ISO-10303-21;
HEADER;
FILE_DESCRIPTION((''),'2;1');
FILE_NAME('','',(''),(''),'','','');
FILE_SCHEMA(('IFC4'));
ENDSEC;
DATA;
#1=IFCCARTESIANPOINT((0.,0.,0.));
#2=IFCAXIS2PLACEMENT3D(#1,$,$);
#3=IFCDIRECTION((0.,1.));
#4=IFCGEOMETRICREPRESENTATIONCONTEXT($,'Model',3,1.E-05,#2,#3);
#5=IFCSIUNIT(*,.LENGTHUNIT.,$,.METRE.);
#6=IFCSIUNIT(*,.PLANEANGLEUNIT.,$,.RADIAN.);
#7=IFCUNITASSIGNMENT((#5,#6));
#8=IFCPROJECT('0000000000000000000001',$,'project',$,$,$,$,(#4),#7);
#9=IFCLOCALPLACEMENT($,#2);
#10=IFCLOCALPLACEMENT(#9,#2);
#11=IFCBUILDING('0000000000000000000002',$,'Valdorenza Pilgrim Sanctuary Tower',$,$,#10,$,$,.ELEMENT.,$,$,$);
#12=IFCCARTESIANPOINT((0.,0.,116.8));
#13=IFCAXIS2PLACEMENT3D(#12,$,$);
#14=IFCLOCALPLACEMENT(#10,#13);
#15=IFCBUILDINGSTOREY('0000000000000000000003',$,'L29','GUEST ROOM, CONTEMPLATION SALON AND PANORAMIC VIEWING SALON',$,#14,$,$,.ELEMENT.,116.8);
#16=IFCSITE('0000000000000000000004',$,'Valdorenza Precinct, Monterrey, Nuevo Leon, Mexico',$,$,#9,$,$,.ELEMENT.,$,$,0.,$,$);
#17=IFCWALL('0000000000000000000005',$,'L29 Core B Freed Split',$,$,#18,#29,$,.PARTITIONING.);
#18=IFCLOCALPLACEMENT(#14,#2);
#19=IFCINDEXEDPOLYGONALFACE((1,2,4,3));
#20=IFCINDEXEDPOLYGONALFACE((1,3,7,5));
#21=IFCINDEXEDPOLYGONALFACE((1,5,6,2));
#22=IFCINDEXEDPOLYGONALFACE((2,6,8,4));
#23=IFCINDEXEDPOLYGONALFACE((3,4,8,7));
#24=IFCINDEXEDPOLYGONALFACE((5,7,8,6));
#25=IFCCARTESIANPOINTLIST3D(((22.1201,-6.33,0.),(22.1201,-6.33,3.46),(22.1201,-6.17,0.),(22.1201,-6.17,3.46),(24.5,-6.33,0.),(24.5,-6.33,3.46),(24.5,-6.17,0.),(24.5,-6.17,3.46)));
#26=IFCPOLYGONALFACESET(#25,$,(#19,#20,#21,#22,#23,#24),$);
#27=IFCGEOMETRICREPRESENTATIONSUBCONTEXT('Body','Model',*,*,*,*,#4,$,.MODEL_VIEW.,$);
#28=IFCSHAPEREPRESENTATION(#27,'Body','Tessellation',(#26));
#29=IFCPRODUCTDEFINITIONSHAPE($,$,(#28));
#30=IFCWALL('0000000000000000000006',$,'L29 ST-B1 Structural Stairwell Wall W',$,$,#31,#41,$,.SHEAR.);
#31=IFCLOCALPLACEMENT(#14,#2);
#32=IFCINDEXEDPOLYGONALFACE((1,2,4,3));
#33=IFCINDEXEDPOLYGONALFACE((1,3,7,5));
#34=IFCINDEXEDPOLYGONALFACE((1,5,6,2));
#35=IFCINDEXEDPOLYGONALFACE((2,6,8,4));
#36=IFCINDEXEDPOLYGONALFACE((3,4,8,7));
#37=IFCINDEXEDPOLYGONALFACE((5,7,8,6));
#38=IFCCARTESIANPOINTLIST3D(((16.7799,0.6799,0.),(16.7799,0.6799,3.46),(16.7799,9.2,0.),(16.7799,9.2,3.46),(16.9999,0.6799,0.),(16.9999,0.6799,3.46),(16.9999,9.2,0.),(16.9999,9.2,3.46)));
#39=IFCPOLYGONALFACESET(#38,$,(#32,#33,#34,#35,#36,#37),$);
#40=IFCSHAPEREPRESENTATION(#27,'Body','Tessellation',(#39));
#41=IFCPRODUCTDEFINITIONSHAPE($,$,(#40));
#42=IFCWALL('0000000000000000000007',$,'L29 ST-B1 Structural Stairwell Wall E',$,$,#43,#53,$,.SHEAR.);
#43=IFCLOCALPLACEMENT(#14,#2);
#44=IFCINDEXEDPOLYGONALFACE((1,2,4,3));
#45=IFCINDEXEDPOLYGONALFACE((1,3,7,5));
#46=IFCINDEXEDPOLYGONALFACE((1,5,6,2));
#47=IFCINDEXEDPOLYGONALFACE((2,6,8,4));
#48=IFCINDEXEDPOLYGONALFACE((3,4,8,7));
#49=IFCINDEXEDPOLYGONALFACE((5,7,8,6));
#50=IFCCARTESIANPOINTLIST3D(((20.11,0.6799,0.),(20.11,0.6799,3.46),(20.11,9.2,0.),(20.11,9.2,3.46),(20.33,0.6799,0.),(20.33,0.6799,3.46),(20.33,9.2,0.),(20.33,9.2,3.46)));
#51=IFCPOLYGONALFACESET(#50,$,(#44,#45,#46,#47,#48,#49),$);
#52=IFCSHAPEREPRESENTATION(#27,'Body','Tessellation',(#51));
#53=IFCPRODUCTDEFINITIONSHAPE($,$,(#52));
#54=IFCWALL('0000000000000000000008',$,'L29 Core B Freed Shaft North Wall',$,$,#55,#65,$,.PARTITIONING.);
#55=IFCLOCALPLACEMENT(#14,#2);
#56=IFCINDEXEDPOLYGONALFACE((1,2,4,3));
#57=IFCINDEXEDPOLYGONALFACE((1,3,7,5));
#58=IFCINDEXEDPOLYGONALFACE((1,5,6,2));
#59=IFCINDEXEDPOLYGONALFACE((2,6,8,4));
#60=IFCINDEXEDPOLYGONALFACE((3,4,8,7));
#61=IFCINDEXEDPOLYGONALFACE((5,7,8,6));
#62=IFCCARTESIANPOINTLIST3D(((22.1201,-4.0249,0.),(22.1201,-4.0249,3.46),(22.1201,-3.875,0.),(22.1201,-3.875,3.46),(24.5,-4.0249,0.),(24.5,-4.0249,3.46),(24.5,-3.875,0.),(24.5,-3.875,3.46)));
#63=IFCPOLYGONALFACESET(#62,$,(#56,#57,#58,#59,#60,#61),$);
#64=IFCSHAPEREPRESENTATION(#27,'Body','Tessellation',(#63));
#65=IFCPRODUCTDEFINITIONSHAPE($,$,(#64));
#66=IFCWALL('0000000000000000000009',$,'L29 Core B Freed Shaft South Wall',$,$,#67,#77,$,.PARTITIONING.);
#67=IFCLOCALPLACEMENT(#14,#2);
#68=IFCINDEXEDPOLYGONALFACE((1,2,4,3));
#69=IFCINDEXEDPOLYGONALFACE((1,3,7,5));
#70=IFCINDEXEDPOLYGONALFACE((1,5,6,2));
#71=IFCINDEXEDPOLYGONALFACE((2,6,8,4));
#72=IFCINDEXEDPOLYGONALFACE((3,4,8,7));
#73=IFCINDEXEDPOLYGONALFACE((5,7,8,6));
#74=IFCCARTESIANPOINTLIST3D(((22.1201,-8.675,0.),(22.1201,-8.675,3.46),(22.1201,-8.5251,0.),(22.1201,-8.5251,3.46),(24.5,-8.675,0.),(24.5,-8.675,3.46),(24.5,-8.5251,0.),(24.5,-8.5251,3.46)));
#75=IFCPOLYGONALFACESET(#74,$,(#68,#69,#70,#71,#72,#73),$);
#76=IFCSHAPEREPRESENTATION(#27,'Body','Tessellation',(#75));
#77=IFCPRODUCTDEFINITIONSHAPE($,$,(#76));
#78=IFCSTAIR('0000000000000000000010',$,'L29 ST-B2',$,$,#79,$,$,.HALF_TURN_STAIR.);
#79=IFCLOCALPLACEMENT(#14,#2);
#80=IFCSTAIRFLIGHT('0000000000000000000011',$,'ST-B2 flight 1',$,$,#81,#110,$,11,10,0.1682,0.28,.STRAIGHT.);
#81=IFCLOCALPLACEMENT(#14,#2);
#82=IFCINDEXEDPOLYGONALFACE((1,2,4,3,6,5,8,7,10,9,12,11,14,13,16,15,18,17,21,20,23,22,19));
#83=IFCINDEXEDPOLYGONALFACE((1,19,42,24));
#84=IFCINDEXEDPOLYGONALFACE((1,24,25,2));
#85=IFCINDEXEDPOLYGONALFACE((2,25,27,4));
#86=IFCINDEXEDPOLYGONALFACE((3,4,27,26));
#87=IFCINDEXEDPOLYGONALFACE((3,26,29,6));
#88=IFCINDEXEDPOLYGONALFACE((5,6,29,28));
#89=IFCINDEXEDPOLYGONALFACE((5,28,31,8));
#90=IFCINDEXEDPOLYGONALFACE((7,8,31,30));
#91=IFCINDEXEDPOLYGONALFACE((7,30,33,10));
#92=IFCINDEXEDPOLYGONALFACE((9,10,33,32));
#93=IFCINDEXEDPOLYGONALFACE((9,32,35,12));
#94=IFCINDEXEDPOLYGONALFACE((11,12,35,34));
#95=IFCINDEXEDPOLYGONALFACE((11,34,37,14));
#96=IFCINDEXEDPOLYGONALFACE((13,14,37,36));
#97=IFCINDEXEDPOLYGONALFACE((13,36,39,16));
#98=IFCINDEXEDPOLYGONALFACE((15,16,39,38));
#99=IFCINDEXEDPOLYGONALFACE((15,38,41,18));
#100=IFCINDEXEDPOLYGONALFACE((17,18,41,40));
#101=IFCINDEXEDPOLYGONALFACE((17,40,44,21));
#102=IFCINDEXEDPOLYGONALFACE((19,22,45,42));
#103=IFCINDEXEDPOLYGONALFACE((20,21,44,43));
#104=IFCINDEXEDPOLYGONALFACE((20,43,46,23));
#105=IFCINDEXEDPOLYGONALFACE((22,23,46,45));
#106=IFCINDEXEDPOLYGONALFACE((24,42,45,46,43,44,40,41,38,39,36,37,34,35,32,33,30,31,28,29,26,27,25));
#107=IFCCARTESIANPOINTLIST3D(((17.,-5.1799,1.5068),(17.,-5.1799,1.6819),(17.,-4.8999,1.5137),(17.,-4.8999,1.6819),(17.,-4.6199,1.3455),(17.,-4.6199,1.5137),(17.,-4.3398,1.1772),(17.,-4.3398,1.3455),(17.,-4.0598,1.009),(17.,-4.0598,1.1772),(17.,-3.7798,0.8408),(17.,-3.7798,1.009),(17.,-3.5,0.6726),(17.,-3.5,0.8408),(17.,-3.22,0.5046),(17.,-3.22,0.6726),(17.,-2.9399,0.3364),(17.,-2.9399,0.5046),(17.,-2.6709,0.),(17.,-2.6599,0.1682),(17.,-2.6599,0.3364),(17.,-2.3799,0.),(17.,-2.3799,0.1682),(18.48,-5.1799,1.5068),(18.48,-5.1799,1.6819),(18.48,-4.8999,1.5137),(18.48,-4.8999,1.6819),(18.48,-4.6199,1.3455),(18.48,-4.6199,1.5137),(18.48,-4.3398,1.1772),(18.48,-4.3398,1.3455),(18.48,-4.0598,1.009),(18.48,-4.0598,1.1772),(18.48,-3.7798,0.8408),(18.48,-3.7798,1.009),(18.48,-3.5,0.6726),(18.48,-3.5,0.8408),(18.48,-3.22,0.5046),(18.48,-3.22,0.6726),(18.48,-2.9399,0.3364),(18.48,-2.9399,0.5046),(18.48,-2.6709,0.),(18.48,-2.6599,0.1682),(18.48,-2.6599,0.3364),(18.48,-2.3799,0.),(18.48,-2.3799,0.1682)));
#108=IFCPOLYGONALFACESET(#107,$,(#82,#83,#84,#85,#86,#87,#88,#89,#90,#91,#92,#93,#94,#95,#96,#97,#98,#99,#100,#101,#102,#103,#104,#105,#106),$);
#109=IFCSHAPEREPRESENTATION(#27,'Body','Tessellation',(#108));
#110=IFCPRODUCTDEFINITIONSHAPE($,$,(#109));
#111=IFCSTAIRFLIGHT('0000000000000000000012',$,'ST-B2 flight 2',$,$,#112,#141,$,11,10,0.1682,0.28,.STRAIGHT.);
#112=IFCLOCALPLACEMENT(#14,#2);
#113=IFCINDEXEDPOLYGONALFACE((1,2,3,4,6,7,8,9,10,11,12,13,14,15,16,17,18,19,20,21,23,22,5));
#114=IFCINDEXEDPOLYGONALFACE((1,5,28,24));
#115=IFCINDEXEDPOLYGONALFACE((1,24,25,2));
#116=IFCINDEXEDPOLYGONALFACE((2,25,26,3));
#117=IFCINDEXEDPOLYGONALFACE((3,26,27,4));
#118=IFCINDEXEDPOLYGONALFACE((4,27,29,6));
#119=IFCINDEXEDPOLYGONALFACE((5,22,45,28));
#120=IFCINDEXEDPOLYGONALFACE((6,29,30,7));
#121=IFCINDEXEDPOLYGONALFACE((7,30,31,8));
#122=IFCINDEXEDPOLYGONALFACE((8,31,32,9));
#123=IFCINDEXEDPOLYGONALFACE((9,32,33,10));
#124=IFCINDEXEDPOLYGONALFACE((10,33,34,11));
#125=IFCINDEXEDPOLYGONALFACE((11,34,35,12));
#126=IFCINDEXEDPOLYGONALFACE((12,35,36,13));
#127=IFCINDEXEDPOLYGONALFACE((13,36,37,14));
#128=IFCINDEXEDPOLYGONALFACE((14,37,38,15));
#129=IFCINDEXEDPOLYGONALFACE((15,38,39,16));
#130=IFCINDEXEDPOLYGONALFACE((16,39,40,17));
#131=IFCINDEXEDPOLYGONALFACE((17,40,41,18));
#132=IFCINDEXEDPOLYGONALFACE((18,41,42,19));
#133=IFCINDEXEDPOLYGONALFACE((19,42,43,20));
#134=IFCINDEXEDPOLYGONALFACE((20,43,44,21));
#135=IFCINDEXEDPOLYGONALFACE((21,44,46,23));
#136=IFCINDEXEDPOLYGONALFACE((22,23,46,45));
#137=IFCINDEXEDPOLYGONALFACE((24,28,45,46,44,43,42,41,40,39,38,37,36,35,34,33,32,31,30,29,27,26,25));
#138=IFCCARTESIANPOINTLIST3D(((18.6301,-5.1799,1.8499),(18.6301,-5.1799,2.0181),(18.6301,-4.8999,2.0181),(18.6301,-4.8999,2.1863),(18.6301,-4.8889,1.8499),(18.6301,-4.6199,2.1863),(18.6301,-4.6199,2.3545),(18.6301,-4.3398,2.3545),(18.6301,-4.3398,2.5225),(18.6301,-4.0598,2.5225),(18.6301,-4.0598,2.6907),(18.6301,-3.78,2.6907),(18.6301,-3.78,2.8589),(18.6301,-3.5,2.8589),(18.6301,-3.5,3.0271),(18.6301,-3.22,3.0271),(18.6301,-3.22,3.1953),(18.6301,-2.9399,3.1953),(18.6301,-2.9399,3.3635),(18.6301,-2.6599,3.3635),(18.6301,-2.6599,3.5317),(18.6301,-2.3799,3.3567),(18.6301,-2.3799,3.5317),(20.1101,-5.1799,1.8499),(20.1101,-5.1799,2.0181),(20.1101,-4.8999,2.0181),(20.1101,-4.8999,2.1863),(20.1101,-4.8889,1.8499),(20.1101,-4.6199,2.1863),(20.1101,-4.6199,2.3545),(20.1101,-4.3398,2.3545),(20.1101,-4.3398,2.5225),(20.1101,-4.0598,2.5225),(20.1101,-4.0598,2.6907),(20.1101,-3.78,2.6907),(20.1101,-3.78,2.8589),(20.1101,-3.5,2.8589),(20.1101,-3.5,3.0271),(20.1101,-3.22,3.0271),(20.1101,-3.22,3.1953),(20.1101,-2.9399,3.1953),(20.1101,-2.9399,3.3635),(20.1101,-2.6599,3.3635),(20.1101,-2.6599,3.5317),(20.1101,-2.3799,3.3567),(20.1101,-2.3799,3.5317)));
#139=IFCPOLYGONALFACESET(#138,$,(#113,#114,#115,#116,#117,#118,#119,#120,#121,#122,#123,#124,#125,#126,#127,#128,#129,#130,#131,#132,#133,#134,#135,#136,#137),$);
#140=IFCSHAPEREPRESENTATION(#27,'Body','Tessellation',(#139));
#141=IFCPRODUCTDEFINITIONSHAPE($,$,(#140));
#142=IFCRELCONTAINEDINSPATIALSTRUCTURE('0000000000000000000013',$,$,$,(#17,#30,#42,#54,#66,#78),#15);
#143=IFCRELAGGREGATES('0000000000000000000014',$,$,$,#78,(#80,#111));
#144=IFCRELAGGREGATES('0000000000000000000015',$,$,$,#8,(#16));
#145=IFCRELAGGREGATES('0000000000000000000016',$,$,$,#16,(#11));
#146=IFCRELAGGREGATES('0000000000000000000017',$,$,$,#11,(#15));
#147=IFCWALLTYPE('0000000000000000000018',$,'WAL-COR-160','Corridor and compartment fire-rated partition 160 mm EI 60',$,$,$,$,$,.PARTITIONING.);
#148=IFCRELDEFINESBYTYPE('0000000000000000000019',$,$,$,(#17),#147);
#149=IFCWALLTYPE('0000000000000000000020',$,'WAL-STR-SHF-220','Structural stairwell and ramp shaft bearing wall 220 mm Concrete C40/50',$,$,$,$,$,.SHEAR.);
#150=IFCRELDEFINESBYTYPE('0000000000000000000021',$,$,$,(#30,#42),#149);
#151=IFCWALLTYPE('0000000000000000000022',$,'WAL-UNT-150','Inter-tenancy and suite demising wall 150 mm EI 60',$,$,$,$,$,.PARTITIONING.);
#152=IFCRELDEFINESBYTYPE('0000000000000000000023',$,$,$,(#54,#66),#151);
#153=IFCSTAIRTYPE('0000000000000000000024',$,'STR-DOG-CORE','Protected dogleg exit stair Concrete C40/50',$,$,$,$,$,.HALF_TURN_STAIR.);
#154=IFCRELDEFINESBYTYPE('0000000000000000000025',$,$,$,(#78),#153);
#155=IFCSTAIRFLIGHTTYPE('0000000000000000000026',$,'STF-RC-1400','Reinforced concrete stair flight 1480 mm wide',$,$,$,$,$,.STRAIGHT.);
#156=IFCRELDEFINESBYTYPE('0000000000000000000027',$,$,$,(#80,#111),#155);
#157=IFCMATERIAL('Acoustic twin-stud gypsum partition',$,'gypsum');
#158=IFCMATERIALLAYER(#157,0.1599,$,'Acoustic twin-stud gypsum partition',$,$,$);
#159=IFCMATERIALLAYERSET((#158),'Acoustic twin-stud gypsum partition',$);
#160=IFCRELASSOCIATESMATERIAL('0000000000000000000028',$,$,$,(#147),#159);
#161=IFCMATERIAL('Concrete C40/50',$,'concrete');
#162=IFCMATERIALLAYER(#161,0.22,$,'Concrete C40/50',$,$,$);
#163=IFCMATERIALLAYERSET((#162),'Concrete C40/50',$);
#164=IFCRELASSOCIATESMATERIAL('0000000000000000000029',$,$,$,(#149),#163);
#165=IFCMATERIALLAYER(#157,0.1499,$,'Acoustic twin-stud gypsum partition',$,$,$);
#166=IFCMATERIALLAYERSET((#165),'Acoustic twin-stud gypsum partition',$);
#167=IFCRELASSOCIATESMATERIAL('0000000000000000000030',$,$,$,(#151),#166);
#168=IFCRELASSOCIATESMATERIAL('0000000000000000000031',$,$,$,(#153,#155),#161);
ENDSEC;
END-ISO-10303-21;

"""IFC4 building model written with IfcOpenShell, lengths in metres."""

from ifc_helpers import new_model, si_unit, direction, frame, frame_2d, origin, place, context, subcontext, project, spatial, polyline, rectangle, outline, extrude, material, layer, layer_set, type_object, element, aggregate, save


model = new_model("IFC4")

# Units and contexts
model_context = context("Model", 3, precision=1e-05, world=origin(), true_north=direction((0.0, 1.0)))
body_context = subcontext(model_context, "Body", "Model", "MODEL_VIEW")
ifc_project = project(units=[si_unit("LENGTHUNIT", "METRE"), si_unit("PLANEANGLEUNIT", "RADIAN")], contexts=[model_context])

# Site, building, storey
site_placement = place(None, origin())
site = spatial("IfcSite", under=ifc_project, at=site_placement, Name="Valdorenza Precinct, Monterrey, Nuevo Leon, Mexico", CompositionType="ELEMENT", RefElevation=0.0)
building_placement = place(site_placement, origin())
building = spatial("IfcBuilding", under=site, at=building_placement, Name="Valdorenza Pilgrim Sanctuary Tower", CompositionType="ELEMENT")
storey_placement = place(building_placement, frame((0.0, 0.0, 116.8)))
storey = spatial("IfcBuildingStorey", under=building, at=storey_placement, Name="L29", Description="GUEST ROOM, CONTEMPLATION SALON AND PANORAMIC VIEWING SALON", CompositionType="ELEMENT", Elevation=116.8)

# Wall
ifc_material_1 = material(Name="Acoustic twin-stud gypsum partition", Category="gypsum")
ifc_layer_1 = layer(ifc_material_1, 0.1599, Name="Acoustic twin-stud gypsum partition")
ifc_layer_set_1 = layer_set([ifc_layer_1], Name="Acoustic twin-stud gypsum partition")
wall_type_1 = type_object("IfcWallType", Name="WAL-COR-160", Description="Corridor and compartment fire-rated partition 160 mm EI 60", PredefinedType="PARTITIONING", material=ifc_layer_set_1)
wall_1_placement = place(storey_placement, frame((22.1201, -6.25, 0.0), z_axis=(0.0, 0.0, 1.0), x_axis=(1.0, 0.0, 0.0)))
element("IfcWall", 1, at=wall_1_placement, inside=storey, type_object=wall_type_1, Name="L29 Core B Freed Split", PredefinedType="PARTITIONING", context=body_context, shape_type="SweptSolid", body=[
    extrude(rectangle(XDim=2.3799, YDim=0.1599, at=frame_2d((1.1899, 0.0))), origin(), (0.0, 0.0, 1.0), 3.46),
])

# Walls
ifc_material_2 = material(Name="Concrete C40/50", Category="concrete")
ifc_layer_2 = layer(ifc_material_2, 0.22, Name="Concrete C40/50")
ifc_layer_set_2 = layer_set([ifc_layer_2], Name="Concrete C40/50")
wall_type_2 = type_object("IfcWallType", Name="WAL-STR-SHF-220", Description="Structural stairwell and ramp shaft bearing wall 220 mm Concrete C40/50", PredefinedType="SHEAR", material=ifc_layer_set_2)
for number, where, z_axis, x_axis, name in (
    (2, (16.8899, 0.6799, 0.0), (0.0, 0.0, 1.0), (0.0, 1.0, 0.0), "L29 ST-B1 Structural Stairwell Wall W"),
    (3, (20.22, 0.6799, 0.0), (0.0, 0.0, 1.0), (0.0, 1.0, 0.0), "L29 ST-B1 Structural Stairwell Wall E"),
):
    element("IfcWall", number, at=place(storey_placement, frame(where, z_axis=z_axis, x_axis=x_axis)), inside=storey, type_object=wall_type_2, Name=name, PredefinedType="SHEAR", context=body_context, shape_type="SweptSolid", body=[
        extrude(rectangle(XDim=8.52, YDim=0.22, at=frame_2d((4.26, 0.0))), origin(), (0.0, 0.0, 1.0), 3.46),
    ])

# Walls
ifc_layer_3 = layer(ifc_material_1, 0.1499, Name="Acoustic twin-stud gypsum partition")
ifc_layer_set_3 = layer_set([ifc_layer_3], Name="Acoustic twin-stud gypsum partition")
wall_type_3 = type_object("IfcWallType", Name="WAL-UNT-150", Description="Inter-tenancy and suite demising wall 150 mm EI 60", PredefinedType="PARTITIONING", material=ifc_layer_set_3)
for number, where, z_axis, x_axis, name in (
    (4, (22.1201, -3.95, 0.0), (0.0, 0.0, 1.0), (1.0, 0.0, 0.0), "L29 Core B Freed Shaft North Wall"),
    (5, (22.1201, -8.6001, 0.0), (0.0, 0.0, 1.0), (1.0, 0.0, 0.0), "L29 Core B Freed Shaft South Wall"),
):
    element("IfcWall", number, at=place(storey_placement, frame(where, z_axis=z_axis, x_axis=x_axis)), inside=storey, type_object=wall_type_3, Name=name, PredefinedType="PARTITIONING", context=body_context, shape_type="SweptSolid", body=[
        extrude(rectangle(XDim=2.3799, YDim=0.1499, at=frame_2d((1.1899, 0.0))), origin(), (0.0, 0.0, 1.0), 3.46),
    ])

# Stair, stair flights
stair_type = type_object("IfcStairType", Name="STR-DOG-CORE", Description="Protected dogleg exit stair Concrete C40/50", PredefinedType="HALF_TURN_STAIR", material=ifc_material_2)
stair_placement = place(storey_placement, origin())
stair = element("IfcStair", 6, at=stair_placement, inside=storey, type_object=stair_type, Name="L29 ST-B2", PredefinedType="HALF_TURN_STAIR")
stair_flight_type = type_object("IfcStairFlightType", Name="STF-RC-1400", Description="Reinforced concrete stair flight 1480 mm wide", PredefinedType="STRAIGHT", material=ifc_material_2)
stair_flight_1_placement = place(storey_placement, frame((17.74, -2.3799, 0.0), z_axis=(0.0, 0.0, 1.0), x_axis=(0.0, -1.0, 0.0)))
stair_flight_1 = element("IfcStairFlight", 7, at=stair_flight_1_placement, type_object=stair_flight_type, Name="ST-B2 flight 1", NumberOfRisers=11, NumberOfTreads=10, PredefinedType="STRAIGHT", RiserHeight=0.1682, TreadLength=0.28, context=body_context, shape_type="SweptSolid", body=[
    extrude(outline(polyline([(0.0, 0.0), (0.0, 0.1682), (0.28, 0.1682), (0.28, 0.3364), (0.5601, 0.3364), (0.5601, 0.5046), (0.8401, 0.5046), (0.8401, 0.6726), (1.1201, 0.6726), (1.1201, 0.8408), (1.3999, 0.8408), (1.3999, 1.009), (1.6799, 1.009), (1.6799, 1.1772), (1.96, 1.1772), (1.96, 1.3455), (2.24, 1.3455), (2.24, 1.5137), (2.52, 1.5137), (2.52, 1.6819), (2.8, 1.6819), (2.8, 1.8501), (2.8, 1.5068), (0.291, 0.0), (0.0, 0.0)])), frame((0.0, 0.74, 0.0), z_axis=(0.0, -1.0, 0.0), x_axis=(1.0, 0.0, 0.0)), (0.0, 0.0, 1.0), 1.48),
])
stair_flight_2_placement = place(storey_placement, frame((19.3701, -5.1799, 1.8499), z_axis=(0.0, 0.0, 1.0), x_axis=(0.0, 1.0, 0.0)))
stair_flight_2 = element("IfcStairFlight", 8, at=stair_flight_2_placement, type_object=stair_flight_type, Name="ST-B2 flight 2", NumberOfRisers=11, NumberOfTreads=10, PredefinedType="STRAIGHT", RiserHeight=0.1682, TreadLength=0.28, context=body_context, shape_type="SweptSolid", body=[
    extrude(outline(polyline([(0.0, 0.0), (0.0, 0.1682), (0.28, 0.1682), (0.28, 0.3364), (0.5601, 0.3364), (0.5601, 0.5046), (0.8401, 0.5046), (0.8401, 0.6726), (1.1201, 0.6726), (1.1201, 0.8408), (1.3999, 0.8408), (1.3999, 1.009), (1.6799, 1.009), (1.6799, 1.1772), (1.96, 1.1772), (1.96, 1.3455), (2.24, 1.3455), (2.24, 1.5137), (2.52, 1.5137), (2.52, 1.6819), (2.8, 1.6819), (2.8, 1.8501), (2.8, 1.5068), (0.291, 0.0), (0.0, 0.0)])), frame((0.0, 0.74, 0.0), z_axis=(0.0, -1.0, 0.0), x_axis=(1.0, 0.0, 0.0)), (0.0, 0.0, 1.0), 1.48),
])
aggregate(stair, [stair_flight_1, stair_flight_2])

save(model, "model.ifc")
